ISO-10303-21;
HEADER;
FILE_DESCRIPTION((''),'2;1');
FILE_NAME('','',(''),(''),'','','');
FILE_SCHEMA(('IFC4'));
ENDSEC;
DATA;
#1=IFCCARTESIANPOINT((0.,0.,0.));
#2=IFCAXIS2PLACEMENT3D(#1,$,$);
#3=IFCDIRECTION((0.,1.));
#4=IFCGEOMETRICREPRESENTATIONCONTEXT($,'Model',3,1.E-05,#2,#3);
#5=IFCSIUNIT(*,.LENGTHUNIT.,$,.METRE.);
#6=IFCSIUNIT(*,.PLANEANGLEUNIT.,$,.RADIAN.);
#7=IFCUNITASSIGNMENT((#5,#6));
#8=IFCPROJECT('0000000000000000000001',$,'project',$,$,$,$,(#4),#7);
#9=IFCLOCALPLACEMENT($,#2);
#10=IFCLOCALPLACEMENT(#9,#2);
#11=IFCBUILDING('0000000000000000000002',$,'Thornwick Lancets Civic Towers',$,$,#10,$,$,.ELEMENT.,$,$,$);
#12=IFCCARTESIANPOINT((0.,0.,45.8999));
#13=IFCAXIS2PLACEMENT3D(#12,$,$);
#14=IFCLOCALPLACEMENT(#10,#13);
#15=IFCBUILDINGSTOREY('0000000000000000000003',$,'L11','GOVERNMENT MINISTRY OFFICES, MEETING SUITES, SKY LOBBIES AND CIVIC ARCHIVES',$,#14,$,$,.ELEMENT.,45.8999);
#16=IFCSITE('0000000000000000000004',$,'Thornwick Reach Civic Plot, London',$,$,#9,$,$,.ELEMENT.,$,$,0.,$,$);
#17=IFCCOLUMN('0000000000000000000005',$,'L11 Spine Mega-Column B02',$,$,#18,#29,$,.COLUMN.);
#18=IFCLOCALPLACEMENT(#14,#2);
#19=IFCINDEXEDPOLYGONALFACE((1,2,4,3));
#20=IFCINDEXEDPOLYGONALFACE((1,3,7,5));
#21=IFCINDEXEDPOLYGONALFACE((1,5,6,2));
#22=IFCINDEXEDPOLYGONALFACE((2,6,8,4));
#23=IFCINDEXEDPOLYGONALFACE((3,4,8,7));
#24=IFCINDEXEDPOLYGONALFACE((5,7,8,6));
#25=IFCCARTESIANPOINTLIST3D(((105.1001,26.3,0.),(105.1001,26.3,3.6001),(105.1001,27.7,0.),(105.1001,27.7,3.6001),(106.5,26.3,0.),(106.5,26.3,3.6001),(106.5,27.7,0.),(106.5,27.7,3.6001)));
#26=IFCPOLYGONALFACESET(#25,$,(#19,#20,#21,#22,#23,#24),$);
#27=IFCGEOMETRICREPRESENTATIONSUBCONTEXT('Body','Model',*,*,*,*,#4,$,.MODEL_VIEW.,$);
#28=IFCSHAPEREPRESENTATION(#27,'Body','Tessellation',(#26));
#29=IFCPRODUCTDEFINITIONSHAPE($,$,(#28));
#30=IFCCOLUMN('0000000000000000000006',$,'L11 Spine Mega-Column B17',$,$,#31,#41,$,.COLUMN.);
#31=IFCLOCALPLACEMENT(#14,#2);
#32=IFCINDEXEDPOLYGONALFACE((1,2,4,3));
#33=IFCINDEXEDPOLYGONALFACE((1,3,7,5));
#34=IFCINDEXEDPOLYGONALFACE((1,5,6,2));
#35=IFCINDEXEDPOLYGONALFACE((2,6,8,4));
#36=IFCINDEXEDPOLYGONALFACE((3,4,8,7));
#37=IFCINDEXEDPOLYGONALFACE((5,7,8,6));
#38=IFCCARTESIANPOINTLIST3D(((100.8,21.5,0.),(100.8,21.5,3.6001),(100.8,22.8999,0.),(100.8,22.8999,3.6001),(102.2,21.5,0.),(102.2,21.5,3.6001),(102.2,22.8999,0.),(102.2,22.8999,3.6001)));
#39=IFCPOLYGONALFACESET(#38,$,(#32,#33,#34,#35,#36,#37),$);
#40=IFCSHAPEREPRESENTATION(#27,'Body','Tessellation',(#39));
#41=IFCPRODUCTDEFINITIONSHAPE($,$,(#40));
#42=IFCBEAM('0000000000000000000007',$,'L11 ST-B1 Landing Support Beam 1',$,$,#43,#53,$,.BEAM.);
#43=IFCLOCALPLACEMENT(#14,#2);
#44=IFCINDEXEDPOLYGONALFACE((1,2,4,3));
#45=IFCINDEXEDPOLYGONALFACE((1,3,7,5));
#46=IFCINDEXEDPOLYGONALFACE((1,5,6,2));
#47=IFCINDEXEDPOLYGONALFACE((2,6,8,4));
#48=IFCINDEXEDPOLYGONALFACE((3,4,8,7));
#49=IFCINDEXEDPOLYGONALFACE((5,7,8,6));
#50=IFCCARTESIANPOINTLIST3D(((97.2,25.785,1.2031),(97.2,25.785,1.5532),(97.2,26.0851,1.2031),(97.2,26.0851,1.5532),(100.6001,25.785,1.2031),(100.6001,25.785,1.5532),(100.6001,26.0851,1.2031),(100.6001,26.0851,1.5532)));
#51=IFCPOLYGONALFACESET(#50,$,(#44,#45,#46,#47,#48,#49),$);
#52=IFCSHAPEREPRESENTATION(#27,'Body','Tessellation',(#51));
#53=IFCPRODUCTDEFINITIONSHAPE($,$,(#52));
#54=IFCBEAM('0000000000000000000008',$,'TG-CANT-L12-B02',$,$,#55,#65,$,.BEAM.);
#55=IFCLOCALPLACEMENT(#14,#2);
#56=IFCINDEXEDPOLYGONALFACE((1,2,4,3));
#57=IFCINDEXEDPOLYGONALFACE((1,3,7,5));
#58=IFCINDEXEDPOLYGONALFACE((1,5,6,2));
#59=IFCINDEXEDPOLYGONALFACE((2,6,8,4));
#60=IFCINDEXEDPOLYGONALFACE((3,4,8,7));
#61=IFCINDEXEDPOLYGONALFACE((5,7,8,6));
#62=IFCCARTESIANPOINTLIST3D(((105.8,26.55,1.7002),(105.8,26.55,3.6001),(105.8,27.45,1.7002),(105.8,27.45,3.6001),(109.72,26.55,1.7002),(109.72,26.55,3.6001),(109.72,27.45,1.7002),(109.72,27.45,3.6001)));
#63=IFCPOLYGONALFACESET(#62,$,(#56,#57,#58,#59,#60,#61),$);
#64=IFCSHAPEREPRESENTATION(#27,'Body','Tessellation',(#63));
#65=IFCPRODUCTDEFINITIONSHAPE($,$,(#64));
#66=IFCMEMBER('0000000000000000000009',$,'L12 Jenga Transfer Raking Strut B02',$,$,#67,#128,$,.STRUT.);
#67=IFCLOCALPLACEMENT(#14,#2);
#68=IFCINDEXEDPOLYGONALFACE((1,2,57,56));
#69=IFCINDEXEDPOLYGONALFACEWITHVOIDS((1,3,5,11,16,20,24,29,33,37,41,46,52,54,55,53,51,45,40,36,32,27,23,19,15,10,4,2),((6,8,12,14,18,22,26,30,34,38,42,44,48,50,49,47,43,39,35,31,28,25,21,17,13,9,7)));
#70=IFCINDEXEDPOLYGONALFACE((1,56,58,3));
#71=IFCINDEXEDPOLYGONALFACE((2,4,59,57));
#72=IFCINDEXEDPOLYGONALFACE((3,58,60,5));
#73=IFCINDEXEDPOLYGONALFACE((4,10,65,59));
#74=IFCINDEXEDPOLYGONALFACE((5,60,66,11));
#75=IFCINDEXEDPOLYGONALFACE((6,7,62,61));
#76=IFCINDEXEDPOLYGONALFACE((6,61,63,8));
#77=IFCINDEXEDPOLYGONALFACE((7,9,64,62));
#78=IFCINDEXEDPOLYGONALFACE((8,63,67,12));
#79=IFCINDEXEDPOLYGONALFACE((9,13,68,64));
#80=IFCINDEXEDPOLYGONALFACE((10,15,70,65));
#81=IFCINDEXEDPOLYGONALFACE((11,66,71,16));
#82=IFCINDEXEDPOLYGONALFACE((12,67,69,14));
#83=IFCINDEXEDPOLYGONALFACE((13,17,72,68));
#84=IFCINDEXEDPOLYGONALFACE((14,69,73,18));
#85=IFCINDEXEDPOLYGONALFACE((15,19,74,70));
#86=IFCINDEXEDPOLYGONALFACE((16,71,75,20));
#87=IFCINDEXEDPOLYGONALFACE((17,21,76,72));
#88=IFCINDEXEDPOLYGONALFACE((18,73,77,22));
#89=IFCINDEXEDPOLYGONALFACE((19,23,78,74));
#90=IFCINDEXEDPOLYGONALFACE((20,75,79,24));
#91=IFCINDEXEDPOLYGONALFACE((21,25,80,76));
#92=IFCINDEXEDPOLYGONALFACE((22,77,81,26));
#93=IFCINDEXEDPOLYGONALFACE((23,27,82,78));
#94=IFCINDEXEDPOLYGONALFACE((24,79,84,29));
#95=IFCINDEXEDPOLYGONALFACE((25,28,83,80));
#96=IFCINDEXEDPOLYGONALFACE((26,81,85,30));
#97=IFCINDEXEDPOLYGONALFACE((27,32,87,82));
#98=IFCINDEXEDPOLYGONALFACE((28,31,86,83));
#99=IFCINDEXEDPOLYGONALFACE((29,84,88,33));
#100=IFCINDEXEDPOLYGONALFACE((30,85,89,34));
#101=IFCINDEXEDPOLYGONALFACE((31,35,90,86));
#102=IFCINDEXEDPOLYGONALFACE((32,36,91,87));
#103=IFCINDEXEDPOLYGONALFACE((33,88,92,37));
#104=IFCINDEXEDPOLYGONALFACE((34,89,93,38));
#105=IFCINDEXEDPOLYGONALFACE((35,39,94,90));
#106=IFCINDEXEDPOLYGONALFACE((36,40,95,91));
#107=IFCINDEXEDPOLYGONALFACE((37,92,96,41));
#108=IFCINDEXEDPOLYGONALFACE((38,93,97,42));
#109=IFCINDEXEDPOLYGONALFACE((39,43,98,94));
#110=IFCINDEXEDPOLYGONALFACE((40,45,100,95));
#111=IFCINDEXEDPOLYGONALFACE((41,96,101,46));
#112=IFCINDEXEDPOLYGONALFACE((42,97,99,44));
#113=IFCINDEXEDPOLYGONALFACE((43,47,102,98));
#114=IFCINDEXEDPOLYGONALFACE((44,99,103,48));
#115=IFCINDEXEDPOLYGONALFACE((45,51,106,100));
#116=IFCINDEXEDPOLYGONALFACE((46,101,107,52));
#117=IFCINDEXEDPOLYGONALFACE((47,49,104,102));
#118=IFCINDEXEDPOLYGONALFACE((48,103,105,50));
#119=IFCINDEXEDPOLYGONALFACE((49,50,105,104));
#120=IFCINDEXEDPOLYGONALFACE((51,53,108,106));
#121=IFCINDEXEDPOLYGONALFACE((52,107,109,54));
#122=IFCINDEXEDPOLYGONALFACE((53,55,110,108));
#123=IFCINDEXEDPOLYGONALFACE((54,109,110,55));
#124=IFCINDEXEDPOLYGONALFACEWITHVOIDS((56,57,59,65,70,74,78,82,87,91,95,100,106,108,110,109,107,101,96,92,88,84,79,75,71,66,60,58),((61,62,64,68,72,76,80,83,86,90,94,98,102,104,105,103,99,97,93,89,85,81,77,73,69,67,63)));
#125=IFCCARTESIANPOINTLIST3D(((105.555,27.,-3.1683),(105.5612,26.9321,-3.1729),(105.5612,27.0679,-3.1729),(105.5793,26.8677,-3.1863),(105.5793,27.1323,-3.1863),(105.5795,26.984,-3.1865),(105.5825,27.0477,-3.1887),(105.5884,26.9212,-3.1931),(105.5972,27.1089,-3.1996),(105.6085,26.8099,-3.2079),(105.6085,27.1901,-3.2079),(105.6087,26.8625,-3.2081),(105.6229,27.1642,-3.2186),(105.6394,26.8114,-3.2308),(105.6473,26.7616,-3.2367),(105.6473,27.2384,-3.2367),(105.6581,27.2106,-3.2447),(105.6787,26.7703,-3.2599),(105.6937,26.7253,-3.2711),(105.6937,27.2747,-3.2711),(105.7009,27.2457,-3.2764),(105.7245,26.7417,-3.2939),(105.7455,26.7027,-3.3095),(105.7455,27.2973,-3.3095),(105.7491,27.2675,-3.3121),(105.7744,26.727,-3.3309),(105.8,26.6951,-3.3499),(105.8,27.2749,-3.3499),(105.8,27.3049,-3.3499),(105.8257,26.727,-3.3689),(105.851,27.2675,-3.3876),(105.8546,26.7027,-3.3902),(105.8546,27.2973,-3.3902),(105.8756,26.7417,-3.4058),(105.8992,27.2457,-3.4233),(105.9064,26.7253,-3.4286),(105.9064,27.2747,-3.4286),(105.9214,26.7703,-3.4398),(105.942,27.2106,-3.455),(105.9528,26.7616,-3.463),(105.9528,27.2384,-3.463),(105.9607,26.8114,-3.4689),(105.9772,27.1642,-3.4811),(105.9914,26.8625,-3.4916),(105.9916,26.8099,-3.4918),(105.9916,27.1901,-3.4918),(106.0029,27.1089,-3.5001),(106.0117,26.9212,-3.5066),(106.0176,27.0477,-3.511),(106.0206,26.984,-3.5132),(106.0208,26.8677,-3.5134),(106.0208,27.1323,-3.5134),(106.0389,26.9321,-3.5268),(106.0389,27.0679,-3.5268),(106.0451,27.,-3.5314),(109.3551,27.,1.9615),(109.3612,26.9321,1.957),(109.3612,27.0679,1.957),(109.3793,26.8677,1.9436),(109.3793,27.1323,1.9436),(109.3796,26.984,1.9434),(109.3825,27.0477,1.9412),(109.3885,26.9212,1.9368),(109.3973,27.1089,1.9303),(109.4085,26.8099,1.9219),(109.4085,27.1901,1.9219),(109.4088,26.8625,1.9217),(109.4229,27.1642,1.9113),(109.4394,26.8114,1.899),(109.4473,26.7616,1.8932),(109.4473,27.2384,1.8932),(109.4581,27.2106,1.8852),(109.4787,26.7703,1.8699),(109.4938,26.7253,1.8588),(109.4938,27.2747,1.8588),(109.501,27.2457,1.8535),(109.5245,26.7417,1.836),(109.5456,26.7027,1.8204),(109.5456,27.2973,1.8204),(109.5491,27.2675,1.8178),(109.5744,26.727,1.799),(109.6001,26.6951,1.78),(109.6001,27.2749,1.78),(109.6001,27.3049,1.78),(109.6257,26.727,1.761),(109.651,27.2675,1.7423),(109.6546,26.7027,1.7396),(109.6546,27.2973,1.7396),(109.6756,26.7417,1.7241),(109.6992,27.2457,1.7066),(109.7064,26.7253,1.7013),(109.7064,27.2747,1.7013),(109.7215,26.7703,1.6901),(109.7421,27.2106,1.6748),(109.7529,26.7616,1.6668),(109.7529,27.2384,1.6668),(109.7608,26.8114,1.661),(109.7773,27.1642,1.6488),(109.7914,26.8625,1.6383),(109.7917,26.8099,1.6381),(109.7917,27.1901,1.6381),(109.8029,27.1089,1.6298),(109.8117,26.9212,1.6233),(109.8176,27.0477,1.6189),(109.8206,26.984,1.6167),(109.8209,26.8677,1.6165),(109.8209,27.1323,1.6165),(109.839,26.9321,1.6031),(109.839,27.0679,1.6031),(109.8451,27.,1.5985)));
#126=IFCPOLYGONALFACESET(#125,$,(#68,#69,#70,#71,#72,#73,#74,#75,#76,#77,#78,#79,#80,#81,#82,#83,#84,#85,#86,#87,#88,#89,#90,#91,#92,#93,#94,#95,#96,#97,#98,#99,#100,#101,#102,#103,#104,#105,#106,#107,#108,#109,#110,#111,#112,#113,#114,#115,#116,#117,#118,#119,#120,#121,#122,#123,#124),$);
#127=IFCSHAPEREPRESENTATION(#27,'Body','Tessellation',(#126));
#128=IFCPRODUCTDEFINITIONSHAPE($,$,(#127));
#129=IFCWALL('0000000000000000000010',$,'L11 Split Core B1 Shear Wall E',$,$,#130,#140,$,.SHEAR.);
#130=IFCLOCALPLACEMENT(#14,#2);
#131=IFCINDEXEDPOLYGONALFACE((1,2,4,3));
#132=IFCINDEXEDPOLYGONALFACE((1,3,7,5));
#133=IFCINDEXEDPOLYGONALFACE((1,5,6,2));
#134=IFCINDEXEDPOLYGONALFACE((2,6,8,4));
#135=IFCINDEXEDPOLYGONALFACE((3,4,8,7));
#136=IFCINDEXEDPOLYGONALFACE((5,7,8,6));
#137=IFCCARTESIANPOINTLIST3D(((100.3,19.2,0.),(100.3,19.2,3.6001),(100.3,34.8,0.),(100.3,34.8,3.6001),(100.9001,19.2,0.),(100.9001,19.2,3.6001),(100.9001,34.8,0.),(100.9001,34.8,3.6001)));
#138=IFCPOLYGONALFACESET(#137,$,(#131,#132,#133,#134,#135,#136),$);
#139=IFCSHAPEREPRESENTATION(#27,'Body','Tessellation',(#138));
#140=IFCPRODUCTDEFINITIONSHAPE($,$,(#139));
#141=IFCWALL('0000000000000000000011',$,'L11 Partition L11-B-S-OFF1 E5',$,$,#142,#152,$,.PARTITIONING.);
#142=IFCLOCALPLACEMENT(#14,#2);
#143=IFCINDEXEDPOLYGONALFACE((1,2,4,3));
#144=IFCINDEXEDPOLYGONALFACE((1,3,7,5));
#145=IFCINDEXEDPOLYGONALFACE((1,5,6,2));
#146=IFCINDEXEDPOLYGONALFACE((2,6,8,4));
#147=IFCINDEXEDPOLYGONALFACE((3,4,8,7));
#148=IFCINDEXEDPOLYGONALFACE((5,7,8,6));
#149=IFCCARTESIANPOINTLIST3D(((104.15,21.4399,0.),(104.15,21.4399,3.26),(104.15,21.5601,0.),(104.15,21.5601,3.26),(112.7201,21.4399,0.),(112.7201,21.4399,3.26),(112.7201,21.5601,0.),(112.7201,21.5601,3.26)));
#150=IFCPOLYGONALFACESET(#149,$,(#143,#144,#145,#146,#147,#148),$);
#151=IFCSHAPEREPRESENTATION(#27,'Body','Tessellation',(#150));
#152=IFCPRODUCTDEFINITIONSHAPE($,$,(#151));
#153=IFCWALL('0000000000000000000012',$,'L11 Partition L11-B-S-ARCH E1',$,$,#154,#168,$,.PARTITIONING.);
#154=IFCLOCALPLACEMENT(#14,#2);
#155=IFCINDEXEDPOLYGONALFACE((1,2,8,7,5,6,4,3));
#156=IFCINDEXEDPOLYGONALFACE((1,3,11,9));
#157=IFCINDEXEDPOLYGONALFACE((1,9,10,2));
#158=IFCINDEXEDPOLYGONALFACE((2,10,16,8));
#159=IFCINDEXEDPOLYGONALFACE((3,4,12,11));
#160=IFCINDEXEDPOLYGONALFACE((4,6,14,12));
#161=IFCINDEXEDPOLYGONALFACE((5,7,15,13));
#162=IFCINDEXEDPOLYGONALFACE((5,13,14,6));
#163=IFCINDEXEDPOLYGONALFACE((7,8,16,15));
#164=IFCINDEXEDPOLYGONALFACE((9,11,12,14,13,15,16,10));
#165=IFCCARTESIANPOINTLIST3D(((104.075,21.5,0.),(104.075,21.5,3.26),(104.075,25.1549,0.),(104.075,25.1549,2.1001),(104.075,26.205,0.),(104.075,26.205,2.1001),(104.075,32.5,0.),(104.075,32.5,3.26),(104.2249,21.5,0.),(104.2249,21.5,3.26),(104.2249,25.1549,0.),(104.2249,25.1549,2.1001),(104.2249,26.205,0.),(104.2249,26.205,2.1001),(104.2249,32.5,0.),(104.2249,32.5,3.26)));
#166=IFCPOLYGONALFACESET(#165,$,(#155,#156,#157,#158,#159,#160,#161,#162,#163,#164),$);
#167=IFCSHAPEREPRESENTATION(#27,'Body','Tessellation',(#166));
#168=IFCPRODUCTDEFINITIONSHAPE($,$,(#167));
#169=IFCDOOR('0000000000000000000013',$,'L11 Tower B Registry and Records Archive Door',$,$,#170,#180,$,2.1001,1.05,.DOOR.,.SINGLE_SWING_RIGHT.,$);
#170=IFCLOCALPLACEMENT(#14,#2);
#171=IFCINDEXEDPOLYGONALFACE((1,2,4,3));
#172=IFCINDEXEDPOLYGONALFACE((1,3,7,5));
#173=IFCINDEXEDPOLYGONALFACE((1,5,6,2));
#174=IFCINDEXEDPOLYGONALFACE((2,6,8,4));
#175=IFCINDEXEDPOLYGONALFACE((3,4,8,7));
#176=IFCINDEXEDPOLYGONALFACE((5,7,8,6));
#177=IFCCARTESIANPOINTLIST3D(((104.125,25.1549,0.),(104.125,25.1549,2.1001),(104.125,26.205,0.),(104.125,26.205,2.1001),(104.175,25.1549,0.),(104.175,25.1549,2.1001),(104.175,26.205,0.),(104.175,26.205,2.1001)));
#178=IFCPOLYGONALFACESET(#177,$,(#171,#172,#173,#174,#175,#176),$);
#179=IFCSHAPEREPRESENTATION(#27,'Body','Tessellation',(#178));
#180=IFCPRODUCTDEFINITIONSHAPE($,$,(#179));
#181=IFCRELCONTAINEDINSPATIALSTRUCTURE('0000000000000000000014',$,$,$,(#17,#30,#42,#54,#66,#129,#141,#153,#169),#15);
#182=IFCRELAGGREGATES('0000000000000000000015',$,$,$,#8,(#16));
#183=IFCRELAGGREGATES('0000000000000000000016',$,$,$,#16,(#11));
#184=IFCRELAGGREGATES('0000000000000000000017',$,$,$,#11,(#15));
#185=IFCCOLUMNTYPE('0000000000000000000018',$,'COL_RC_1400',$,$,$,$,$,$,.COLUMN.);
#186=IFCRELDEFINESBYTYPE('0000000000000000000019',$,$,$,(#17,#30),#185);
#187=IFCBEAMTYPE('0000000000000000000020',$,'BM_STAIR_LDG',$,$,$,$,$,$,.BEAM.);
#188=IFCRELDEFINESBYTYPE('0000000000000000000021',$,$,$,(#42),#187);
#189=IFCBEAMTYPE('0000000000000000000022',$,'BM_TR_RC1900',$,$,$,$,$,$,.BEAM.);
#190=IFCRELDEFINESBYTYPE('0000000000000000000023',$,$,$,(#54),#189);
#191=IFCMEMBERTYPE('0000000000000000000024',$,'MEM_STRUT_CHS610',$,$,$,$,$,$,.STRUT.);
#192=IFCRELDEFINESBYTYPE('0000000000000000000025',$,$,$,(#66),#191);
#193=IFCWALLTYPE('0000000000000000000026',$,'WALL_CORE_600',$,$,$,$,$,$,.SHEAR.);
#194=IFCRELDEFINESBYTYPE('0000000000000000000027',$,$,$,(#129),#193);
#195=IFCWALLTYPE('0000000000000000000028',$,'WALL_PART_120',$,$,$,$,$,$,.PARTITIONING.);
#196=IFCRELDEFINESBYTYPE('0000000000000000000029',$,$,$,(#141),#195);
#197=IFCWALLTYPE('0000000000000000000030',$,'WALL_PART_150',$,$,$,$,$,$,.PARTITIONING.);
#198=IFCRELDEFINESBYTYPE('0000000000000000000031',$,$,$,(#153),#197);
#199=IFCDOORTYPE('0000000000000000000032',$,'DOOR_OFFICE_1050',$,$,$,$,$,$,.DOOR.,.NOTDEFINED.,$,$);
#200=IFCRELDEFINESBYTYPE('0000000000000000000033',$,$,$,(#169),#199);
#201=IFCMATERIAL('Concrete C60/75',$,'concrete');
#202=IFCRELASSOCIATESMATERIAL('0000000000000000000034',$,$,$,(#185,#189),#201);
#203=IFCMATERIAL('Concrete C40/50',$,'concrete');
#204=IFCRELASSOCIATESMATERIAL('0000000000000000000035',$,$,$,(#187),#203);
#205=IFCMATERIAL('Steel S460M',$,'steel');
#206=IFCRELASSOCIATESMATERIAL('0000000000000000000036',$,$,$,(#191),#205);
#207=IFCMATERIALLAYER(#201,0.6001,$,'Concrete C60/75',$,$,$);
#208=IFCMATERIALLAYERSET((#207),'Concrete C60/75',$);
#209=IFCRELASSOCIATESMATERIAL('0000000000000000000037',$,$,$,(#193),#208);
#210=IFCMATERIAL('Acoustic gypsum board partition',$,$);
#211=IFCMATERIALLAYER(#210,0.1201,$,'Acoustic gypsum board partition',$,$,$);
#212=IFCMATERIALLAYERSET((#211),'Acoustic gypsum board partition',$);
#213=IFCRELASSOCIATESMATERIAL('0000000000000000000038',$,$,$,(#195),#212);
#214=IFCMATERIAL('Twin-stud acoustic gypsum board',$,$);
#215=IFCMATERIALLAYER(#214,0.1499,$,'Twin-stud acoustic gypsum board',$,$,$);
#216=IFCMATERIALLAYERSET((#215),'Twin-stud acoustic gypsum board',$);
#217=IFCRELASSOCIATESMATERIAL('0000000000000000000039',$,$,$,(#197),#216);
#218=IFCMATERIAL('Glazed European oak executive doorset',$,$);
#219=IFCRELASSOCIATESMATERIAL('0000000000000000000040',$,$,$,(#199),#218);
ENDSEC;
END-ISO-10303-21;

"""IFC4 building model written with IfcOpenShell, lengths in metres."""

from ifc_helpers import new_model, si_unit, direction, frame, frame_2d, origin, origin_2d, place, context, subcontext, project, spatial, rectangle, hollow_circle, extrude, material, layer, layer_set, material_profile, profile_set, type_object, element, fill, save


model = new_model("IFC4")

# Units and contexts
model_context = context("Model", 3, precision=1e-05, world=origin(), true_north=direction((0.0, 1.0)))
body_context = subcontext(model_context, "Body", "Model", "MODEL_VIEW")
ifc_project = project(units=[si_unit("LENGTHUNIT", "METRE"), si_unit("PLANEANGLEUNIT", "RADIAN")], contexts=[model_context])

# Site, building, storey
site_placement = place(None, origin())
site = spatial("IfcSite", under=ifc_project, at=site_placement, Name="Thornwick Reach Civic Plot, London", CompositionType="ELEMENT", RefElevation=0.0)
building_placement = place(site_placement, origin())
building = spatial("IfcBuilding", under=site, at=building_placement, Name="Thornwick Lancets Civic Towers", CompositionType="ELEMENT")
storey_placement = place(building_placement, frame((0.0, 0.0, 45.8999)))
storey = spatial("IfcBuildingStorey", under=building, at=storey_placement, Name="L11", Description="GOVERNMENT MINISTRY OFFICES, MEETING SUITES, SKY LOBBIES AND CIVIC ARCHIVES", CompositionType="ELEMENT", Elevation=45.8999)

# Columns
ifc_material_1 = material(Name="Concrete C60/75", Category="concrete")
ifc_material_profile_1 = material_profile(ifc_material_1, rectangle(XDim=1.3999, YDim=1.3999, at=origin_2d()), Name="RC 1400x1400")
ifc_profile_set_1 = profile_set([ifc_material_profile_1], Name="Concrete C60/75")
column_type = type_object("IfcColumnType", Name="COL_RC_1400", PredefinedType="COLUMN", material=ifc_profile_set_1)
for number, where, z_axis, x_axis, name in (
    (1, (105.8, 27.0, 0.0), (0.0, 0.0, 1.0), (1.0, 0.0, 0.0), "L11 Spine Mega-Column B02"),
    (2, (101.5, 22.2, 0.0), (0.0, 0.0, 1.0), (1.0, 0.0, 0.0), "L11 Spine Mega-Column B17"),
):
    element("IfcColumn", number, at=place(storey_placement, frame(where, z_axis=z_axis, x_axis=x_axis)), inside=storey, type_object=column_type, Name=name, PredefinedType="COLUMN", context=body_context, shape_type="SweptSolid", body=[
        extrude(rectangle(XDim=1.3999, YDim=1.3999, at=origin_2d()), origin(), (0.0, 0.0, 1.0), 3.6001),
    ])

# Beams
ifc_material_2 = material(Name="Concrete C40/50", Category="concrete")
ifc_material_profile_2 = material_profile(ifc_material_2, rectangle(XDim=0.3, YDim=0.3501, at=origin_2d()), Name="RC 300x350")
ifc_profile_set_2 = profile_set([ifc_material_profile_2], Name="Concrete C40/50")
beam_type_1 = type_object("IfcBeamType", Name="BM_STAIR_LDG", PredefinedType="BEAM", material=ifc_profile_set_2)
beam_1_placement = place(storey_placement, frame((100.6001, 25.9351, 1.3782), z_axis=(-1.0, 0.0, 0.0), x_axis=(0.0, -1.0, 0.0)))
element("IfcBeam", 3, at=beam_1_placement, inside=storey, type_object=beam_type_1, Name="L11 ST-B1 Landing Support Beam 1", PredefinedType="BEAM", context=body_context, shape_type="SweptSolid", body=[
    extrude(rectangle(XDim=0.3, YDim=0.3501, at=origin_2d()), origin(), (0.0, 0.0, 1.0), 3.4001),
])
ifc_material_profile_3 = material_profile(ifc_material_1, rectangle(XDim=0.8999, YDim=1.8999, at=origin_2d()), Name="RC 900x1900")
ifc_profile_set_3 = profile_set([ifc_material_profile_3], Name="Concrete C60/75")
beam_type_2 = type_object("IfcBeamType", Name="BM_TR_RC1900", PredefinedType="BEAM", material=ifc_profile_set_3)
beam_2_placement = place(storey_placement, frame((105.8, 27.0, 2.6501), z_axis=(1.0, 0.0, 0.0), x_axis=(0.0, 1.0, 0.0)))
element("IfcBeam", 4, at=beam_2_placement, inside=storey, type_object=beam_type_2, Name="TG-CANT-L12-B02", PredefinedType="BEAM", context=body_context, shape_type="SweptSolid", body=[
    extrude(rectangle(XDim=0.8999, YDim=1.8999, at=origin_2d()), origin(), (0.0, 0.0, 1.0), 3.9199),
])

# Member
ifc_material_3 = material(Name="Steel S460M", Category="steel")
ifc_material_profile_4 = material_profile(ifc_material_3, hollow_circle(Radius=0.3049, WallThickness=0.03, at=origin_2d()), Name="CHS 610x30")
ifc_profile_set_4 = profile_set([ifc_material_profile_4], Name="Steel S460M")
member_type = type_object("IfcMemberType", Name="MEM_STRUT_CHS610", PredefinedType="STRUT", material=ifc_profile_set_4)
member_placement = place(storey_placement, frame((105.8, 27.0, -3.3499), z_axis=(0.595241, 0.0, 0.803547), x_axis=(0.0, 1.0, 0.0)))
element("IfcMember", 5, at=member_placement, inside=storey, type_object=member_type, Name="L12 Jenga Transfer Raking Strut B02", PredefinedType="STRUT", context=body_context, shape_type="SweptSolid", body=[
    extrude(hollow_circle(Radius=0.3049, WallThickness=0.03, at=origin_2d()), origin(), (0.0, 0.0, 1.0), 6.384),
])

# Walls
ifc_layer_1 = layer(ifc_material_1, 0.6001, Name="Concrete C60/75")
ifc_layer_set_1 = layer_set([ifc_layer_1], Name="Concrete C60/75")
wall_type_1 = type_object("IfcWallType", Name="WALL_CORE_600", PredefinedType="SHEAR", material=ifc_layer_set_1)
wall_1_placement = place(storey_placement, frame((100.6001, 19.2, 0.0), z_axis=(0.0, 0.0, 1.0), x_axis=(0.0, 1.0, 0.0)))
element("IfcWall", 6, at=wall_1_placement, inside=storey, type_object=wall_type_1, Name="L11 Split Core B1 Shear Wall E", PredefinedType="SHEAR", context=body_context, shape_type="SweptSolid", body=[
    extrude(rectangle(XDim=15.6001, YDim=0.6001, at=frame_2d((7.8, 0.0))), origin(), (0.0, 0.0, 1.0), 3.6001),
])
ifc_material_4 = material(Name="Acoustic gypsum board partition")
ifc_layer_2 = layer(ifc_material_4, 0.1201, Name="Acoustic gypsum board partition")
ifc_layer_set_2 = layer_set([ifc_layer_2], Name="Acoustic gypsum board partition")
wall_type_2 = type_object("IfcWallType", Name="WALL_PART_120", PredefinedType="PARTITIONING", material=ifc_layer_set_2)
wall_2_placement = place(storey_placement, frame((104.1499, 21.5, 0.0), z_axis=(0.0, 0.0, 1.0), x_axis=(1.0, 0.0, 0.0)))
element("IfcWall", 7, at=wall_2_placement, inside=storey, type_object=wall_type_2, Name="L11 Partition L11-B-S-OFF1 E5", PredefinedType="PARTITIONING", context=body_context, shape_type="SweptSolid", body=[
    extrude(rectangle(XDim=8.5701, YDim=0.1201, at=frame_2d((4.2852, 0.0))), origin(), (0.0, 0.0, 1.0), 3.26),
])

# Wall, opening, door
ifc_material_5 = material(Name="Twin-stud acoustic gypsum board")
ifc_layer_3 = layer(ifc_material_5, 0.1499, Name="Twin-stud acoustic gypsum board")
ifc_layer_set_3 = layer_set([ifc_layer_3], Name="Twin-stud acoustic gypsum board")
wall_type_3 = type_object("IfcWallType", Name="WALL_PART_150", PredefinedType="PARTITIONING", material=ifc_layer_set_3)
wall_3_placement = place(storey_placement, frame((104.1499, 21.5, 0.0), z_axis=(0.0, 0.0, 1.0), x_axis=(0.0, 1.0, 0.0)))
wall_3 = element("IfcWall", 8, at=wall_3_placement, inside=storey, type_object=wall_type_3, Name="L11 Partition L11-B-S-ARCH E1", PredefinedType="PARTITIONING", context=body_context, shape_type="SweptSolid", body=[
    extrude(rectangle(XDim=11.0, YDim=0.1499, at=frame_2d((5.5, 0.0))), origin(), (0.0, 0.0, 1.0), 3.26),
])
opening_1_placement = place(wall_3_placement, frame((3.655, 0.0, 0.0)))
opening_1 = element("IfcOpeningElement", 9, at=opening_1_placement, cuts=wall_3, PredefinedType="OPENING", context=body_context, shape_type="SweptSolid", body=[
    extrude(rectangle(XDim=1.05, YDim=2.1001, at=frame_2d((0.5249, 1.05))), frame((0.0, 0.085, 0.0), z_axis=(0.0, -1.0, 0.0), x_axis=(1.0, 0.0, 0.0)), (0.0, 0.0, 1.0), 0.1699),
])
ifc_material_6 = material(Name="Glazed European oak executive doorset")
door_type_1 = type_object("IfcDoorType", Name="DOOR_OFFICE_1050", OperationType="NOTDEFINED", PredefinedType="DOOR", material=ifc_material_6)
door_1_placement = place(opening_1_placement, origin())
door_1 = element("IfcDoor", 10, at=door_1_placement, inside=storey, type_object=door_type_1, Name="L11 Tower B Registry and Records Archive Door", OperationType="SINGLE_SWING_RIGHT", OverallHeight=2.1001, OverallWidth=1.05, PredefinedType="DOOR", context=body_context, shape_type="SweptSolid", body=[
    extrude(rectangle(XDim=1.05, YDim=2.1001, at=frame_2d((0.5249, 1.05))), frame((0.0, 0.0249, 0.0), z_axis=(0.0, -1.0, 0.0), x_axis=(1.0, 0.0, 0.0)), (0.0, 0.0, 1.0), 0.05),
])
fill(opening_1, door_1)

save(model, "model.ifc")
